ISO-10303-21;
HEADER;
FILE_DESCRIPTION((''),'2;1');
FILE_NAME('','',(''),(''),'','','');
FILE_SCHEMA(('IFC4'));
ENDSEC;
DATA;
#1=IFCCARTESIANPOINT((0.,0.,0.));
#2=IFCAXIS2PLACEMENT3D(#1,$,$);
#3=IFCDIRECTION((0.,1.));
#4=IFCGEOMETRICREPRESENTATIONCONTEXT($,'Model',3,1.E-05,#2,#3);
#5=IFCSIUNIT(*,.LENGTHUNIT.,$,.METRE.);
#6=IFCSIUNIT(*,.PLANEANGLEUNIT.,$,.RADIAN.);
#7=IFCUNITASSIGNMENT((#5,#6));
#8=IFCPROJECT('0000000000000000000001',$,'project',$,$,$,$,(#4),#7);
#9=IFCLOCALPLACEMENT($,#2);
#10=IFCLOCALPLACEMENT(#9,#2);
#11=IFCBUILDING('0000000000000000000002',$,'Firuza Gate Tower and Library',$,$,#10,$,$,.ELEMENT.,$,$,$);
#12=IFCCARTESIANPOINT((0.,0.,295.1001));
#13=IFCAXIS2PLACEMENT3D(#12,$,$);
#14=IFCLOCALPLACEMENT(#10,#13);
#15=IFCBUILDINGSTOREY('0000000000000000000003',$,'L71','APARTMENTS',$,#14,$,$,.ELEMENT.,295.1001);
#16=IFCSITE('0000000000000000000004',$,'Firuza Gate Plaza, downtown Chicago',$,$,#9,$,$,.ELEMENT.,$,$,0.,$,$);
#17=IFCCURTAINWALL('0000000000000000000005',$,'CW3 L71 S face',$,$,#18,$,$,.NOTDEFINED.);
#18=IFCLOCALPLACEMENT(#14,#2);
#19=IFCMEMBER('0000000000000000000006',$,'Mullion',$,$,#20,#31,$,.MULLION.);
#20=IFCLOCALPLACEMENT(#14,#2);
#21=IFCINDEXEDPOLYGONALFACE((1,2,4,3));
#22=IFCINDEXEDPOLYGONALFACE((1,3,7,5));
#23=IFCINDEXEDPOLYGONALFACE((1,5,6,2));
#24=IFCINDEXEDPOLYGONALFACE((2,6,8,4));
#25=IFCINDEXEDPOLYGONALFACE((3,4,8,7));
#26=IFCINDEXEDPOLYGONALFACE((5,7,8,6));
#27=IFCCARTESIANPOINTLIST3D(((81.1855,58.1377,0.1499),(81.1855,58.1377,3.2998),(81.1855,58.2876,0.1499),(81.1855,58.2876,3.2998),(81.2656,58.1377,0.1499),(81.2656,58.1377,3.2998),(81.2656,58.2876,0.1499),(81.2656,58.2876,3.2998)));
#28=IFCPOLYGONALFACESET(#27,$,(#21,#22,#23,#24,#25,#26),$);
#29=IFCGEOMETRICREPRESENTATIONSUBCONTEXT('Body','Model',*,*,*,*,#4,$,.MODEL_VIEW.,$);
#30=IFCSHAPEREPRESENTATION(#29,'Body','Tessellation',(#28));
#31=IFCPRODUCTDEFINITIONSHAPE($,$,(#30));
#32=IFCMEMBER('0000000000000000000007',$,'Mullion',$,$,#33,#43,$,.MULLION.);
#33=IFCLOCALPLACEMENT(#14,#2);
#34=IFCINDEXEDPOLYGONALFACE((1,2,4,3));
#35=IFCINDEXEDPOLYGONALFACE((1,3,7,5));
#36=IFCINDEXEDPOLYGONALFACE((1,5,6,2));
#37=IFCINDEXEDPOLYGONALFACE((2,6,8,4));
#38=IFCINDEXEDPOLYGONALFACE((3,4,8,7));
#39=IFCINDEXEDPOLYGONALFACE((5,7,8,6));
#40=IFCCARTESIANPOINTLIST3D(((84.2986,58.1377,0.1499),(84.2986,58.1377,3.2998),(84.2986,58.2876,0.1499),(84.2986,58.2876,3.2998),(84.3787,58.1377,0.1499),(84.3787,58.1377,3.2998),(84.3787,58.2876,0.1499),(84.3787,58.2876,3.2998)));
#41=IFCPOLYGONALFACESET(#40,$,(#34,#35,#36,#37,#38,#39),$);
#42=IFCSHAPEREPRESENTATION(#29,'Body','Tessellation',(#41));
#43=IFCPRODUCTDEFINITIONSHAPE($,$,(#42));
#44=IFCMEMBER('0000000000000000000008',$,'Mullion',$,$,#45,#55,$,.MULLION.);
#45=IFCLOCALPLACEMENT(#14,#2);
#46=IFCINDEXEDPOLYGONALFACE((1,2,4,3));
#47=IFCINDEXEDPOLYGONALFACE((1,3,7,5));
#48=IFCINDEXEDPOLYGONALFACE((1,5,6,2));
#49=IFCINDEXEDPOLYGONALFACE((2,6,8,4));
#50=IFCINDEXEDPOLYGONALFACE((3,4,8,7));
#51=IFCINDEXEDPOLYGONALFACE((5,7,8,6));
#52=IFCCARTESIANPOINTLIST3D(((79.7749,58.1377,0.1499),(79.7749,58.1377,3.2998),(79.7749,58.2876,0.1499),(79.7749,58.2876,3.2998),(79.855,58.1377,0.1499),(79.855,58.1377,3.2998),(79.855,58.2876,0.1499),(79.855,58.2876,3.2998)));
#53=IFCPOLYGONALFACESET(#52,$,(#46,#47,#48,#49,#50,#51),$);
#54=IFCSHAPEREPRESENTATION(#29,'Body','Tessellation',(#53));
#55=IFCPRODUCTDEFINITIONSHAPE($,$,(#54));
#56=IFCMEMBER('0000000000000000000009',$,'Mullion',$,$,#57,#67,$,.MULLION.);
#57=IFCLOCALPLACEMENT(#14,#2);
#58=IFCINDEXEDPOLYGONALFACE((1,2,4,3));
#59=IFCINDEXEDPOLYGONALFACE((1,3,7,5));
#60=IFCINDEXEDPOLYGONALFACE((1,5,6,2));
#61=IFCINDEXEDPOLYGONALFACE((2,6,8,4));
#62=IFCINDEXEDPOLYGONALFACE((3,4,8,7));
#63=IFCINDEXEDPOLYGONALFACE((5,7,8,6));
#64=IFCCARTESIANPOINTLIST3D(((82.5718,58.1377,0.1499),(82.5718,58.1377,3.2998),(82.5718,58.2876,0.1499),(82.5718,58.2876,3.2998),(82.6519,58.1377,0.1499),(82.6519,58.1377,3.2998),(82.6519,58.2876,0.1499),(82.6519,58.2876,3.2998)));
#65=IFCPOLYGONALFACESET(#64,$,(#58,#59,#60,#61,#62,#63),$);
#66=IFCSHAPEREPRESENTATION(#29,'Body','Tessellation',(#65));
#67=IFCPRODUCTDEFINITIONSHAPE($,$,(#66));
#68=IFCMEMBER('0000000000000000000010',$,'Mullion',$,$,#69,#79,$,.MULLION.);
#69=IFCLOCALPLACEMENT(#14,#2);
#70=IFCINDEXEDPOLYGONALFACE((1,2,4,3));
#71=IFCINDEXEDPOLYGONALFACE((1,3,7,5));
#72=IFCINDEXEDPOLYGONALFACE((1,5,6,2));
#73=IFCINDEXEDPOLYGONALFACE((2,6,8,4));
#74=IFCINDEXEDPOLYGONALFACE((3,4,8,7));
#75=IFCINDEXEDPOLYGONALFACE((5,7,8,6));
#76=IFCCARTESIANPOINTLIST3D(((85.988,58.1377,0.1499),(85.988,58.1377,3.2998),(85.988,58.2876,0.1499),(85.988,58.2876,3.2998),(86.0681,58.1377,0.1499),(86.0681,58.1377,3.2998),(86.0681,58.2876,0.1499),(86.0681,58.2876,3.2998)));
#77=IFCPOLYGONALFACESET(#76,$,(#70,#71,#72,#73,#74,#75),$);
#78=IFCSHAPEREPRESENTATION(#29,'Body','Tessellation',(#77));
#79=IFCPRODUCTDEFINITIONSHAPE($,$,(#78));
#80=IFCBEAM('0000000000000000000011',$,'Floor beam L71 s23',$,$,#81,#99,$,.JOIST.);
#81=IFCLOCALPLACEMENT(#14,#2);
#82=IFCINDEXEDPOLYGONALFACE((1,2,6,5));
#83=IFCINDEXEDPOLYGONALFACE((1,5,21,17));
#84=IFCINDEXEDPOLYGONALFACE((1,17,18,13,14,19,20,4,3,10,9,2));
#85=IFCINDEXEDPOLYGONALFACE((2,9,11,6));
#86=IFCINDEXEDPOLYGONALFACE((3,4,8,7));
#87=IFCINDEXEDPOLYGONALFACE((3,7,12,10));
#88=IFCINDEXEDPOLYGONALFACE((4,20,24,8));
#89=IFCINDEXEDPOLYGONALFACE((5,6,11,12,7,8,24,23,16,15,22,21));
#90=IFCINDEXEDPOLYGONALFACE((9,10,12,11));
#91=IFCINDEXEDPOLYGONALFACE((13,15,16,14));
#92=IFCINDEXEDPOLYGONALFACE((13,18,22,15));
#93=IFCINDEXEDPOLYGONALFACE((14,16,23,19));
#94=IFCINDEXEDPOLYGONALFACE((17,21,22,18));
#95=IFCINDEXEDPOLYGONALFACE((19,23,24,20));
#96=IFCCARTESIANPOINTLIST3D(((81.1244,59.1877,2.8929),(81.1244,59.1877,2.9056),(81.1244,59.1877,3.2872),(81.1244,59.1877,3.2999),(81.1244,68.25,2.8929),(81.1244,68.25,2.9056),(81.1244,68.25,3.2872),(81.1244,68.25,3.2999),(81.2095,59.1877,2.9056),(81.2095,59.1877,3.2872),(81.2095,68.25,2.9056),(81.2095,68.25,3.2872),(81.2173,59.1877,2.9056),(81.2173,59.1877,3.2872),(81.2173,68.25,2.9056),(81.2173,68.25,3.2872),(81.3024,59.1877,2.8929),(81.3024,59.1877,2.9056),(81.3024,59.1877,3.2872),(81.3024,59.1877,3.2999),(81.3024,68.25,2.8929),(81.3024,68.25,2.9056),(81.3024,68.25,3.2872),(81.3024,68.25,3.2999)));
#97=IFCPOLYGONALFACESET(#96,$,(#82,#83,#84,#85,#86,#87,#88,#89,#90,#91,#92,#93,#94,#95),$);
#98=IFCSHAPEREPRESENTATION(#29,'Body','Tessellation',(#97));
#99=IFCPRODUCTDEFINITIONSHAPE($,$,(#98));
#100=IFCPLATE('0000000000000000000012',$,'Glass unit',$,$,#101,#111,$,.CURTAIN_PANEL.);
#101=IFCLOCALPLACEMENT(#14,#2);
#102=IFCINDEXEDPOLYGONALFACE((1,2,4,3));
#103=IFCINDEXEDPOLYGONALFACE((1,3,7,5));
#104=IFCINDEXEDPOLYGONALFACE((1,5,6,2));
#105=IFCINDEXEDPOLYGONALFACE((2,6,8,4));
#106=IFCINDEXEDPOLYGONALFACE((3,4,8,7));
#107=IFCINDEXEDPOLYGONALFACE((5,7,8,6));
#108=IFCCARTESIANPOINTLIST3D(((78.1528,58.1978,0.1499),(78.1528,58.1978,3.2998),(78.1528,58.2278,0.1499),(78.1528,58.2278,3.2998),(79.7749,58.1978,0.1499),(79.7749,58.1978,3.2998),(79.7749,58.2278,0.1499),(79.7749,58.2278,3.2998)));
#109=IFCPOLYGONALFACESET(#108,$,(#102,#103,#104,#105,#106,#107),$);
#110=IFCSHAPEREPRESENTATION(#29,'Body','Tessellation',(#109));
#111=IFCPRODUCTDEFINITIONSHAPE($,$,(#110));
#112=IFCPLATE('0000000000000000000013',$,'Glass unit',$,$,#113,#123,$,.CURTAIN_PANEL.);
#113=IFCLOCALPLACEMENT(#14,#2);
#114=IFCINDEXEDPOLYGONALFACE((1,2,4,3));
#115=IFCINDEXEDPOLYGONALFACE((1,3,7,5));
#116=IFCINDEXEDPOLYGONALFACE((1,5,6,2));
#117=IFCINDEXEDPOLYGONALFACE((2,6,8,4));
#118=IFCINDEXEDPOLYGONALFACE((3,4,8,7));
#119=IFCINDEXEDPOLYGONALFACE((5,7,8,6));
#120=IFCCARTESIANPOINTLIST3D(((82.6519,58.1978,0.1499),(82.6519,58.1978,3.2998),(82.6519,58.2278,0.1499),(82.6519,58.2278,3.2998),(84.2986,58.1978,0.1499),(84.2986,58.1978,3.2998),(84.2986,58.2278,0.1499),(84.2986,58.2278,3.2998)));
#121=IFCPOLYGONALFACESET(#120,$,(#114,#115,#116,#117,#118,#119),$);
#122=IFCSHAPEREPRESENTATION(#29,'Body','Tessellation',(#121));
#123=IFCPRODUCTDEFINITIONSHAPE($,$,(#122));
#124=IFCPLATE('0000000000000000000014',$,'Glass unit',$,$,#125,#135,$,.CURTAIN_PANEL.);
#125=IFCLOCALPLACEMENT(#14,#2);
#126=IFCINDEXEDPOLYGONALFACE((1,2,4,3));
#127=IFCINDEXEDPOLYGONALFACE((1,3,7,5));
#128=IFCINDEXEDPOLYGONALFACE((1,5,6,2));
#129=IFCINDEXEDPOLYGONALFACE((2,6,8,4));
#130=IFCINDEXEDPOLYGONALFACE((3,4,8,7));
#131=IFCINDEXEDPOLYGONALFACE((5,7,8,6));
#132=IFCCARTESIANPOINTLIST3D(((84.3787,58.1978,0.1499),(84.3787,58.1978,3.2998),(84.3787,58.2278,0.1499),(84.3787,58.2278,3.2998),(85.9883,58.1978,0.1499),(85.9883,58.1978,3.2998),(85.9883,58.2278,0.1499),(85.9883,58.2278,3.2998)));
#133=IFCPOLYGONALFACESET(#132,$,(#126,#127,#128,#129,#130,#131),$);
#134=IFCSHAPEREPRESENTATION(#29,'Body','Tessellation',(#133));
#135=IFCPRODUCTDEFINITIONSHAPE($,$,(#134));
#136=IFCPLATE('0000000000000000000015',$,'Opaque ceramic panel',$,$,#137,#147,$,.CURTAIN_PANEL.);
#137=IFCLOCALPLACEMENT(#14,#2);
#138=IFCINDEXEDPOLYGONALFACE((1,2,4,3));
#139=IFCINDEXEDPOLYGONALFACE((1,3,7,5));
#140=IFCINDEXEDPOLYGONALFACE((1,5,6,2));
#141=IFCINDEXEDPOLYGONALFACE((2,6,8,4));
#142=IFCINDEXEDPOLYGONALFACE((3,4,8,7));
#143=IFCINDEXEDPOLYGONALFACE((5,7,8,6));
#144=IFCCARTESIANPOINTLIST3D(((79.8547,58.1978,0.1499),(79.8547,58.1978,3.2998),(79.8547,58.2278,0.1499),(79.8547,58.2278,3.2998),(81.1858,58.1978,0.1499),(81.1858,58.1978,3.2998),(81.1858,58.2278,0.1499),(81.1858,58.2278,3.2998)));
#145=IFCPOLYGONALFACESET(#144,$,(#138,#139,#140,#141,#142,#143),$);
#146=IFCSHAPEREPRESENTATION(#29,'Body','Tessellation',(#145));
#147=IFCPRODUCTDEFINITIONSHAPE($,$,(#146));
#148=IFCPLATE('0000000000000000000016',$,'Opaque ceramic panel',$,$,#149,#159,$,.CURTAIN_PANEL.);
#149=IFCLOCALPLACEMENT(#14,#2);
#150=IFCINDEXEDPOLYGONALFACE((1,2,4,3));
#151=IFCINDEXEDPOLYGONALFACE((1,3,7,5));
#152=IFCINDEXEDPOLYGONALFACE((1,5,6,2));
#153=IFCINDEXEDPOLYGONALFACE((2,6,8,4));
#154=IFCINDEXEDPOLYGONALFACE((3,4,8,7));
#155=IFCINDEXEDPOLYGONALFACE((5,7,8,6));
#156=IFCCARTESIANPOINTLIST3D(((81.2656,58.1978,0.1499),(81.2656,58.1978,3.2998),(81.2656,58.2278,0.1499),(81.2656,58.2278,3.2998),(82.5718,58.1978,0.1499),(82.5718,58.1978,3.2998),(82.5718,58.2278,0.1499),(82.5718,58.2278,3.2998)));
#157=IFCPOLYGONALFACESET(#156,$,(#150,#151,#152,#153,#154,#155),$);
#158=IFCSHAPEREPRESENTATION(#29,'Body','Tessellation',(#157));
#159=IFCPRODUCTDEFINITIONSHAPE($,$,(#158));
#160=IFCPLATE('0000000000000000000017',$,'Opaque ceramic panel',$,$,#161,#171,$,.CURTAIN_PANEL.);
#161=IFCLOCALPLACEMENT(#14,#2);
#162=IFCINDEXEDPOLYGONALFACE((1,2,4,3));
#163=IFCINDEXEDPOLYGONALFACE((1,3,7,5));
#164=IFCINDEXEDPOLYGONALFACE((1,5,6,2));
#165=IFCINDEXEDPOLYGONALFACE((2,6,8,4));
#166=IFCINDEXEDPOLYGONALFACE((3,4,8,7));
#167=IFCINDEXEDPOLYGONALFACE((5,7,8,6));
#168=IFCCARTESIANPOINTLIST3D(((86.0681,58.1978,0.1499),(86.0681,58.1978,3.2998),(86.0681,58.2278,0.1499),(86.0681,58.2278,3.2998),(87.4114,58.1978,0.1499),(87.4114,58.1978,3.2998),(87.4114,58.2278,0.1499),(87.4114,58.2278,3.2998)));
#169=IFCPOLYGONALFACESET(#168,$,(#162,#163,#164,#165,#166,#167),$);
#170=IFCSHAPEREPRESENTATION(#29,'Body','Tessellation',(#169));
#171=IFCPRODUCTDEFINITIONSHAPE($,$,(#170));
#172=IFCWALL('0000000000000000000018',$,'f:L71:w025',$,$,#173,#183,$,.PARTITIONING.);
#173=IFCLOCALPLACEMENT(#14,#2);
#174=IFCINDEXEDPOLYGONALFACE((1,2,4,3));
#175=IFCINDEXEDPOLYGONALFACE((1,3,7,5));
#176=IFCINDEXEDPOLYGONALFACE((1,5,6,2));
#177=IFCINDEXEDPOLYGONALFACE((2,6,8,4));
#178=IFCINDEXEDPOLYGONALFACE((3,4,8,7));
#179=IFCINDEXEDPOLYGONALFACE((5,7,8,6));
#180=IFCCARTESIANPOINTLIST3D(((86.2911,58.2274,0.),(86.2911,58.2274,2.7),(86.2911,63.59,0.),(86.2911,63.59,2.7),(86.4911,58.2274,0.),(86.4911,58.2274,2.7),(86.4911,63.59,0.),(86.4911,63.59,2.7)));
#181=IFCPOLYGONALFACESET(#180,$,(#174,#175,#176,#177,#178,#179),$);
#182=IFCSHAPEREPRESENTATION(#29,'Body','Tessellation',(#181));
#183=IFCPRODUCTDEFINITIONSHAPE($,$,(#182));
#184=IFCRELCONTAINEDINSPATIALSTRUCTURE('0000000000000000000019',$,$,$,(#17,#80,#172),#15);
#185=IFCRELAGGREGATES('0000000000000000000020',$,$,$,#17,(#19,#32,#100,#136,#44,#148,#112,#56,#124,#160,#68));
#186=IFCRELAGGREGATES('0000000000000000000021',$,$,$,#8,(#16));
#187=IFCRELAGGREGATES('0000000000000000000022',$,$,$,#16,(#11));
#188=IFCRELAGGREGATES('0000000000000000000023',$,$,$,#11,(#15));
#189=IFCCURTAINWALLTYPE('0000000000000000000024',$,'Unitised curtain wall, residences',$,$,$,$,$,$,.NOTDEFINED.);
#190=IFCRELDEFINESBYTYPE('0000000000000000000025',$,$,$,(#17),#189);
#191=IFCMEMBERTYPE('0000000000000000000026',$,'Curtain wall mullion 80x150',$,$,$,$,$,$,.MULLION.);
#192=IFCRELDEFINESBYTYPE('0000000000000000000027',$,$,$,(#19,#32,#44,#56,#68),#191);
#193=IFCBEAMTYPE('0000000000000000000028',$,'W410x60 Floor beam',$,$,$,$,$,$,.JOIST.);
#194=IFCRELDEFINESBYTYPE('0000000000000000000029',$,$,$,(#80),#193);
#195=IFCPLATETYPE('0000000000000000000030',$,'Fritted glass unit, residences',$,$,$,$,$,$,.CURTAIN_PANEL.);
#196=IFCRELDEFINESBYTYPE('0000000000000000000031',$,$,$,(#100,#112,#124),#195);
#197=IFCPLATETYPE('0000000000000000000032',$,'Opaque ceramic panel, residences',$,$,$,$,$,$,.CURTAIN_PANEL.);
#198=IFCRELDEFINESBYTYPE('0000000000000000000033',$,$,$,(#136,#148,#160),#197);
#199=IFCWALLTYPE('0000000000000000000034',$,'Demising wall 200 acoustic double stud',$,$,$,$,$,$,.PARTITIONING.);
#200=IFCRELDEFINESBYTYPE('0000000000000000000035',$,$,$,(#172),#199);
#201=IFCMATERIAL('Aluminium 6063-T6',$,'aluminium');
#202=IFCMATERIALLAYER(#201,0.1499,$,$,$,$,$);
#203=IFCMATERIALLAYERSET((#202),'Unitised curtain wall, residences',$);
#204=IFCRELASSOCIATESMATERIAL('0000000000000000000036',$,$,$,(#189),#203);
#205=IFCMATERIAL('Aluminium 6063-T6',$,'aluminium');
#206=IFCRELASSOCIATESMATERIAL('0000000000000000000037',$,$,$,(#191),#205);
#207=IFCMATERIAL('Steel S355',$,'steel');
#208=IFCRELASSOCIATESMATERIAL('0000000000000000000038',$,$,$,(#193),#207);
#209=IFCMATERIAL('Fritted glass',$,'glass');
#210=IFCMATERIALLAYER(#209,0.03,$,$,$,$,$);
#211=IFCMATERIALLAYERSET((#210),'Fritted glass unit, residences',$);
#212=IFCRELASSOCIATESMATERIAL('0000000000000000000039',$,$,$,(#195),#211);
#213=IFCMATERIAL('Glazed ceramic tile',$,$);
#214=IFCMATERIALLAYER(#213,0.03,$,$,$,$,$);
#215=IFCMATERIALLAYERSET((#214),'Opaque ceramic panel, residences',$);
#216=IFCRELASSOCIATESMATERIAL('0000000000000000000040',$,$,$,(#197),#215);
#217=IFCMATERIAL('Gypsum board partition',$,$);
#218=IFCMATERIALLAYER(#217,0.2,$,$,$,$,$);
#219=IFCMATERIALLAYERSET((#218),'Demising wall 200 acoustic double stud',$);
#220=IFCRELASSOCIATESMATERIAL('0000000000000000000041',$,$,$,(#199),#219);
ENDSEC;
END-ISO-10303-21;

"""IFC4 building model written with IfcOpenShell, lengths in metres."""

from ifc_helpers import new_model, si_unit, direction, frame, frame_2d, origin, origin_2d, place, context, subcontext, project, spatial, polyline, rectangle, i_section, outline, extrude, material, layer, layer_set, material_profile, profile_set, type_object, element, aggregate, save


model = new_model("IFC4")

# Units and contexts
model_context = context("Model", 3, precision=1e-05, world=origin(), true_north=direction((0.0, 1.0)))
body_context = subcontext(model_context, "Body", "Model", "MODEL_VIEW")
ifc_project = project(units=[si_unit("LENGTHUNIT", "METRE"), si_unit("PLANEANGLEUNIT", "RADIAN")], contexts=[model_context])

# Site, building, storey
site_placement = place(None, origin())
site = spatial("IfcSite", under=ifc_project, at=site_placement, Name="Firuza Gate Plaza, downtown Chicago", CompositionType="ELEMENT", RefElevation=0.0)
building_placement = place(site_placement, origin())
building = spatial("IfcBuilding", under=site, at=building_placement, Name="Firuza Gate Tower and Library", CompositionType="ELEMENT")
storey_placement = place(building_placement, frame((0.0, 0.0, 295.1001)))
storey = spatial("IfcBuildingStorey", under=building, at=storey_placement, Name="L71", Description="APARTMENTS", CompositionType="ELEMENT", Elevation=295.1001)

# Curtain wall, members
ifc_material_1 = material(Name="Aluminium 6063-T6", Category="aluminium")
ifc_layer_1 = layer(ifc_material_1, 0.1499)
ifc_layer_set_1 = layer_set([ifc_layer_1], Name="Unitised curtain wall, residences")
curtain_wall_type = type_object("IfcCurtainWallType", Name="Unitised curtain wall, residences", PredefinedType="NOTDEFINED", material=ifc_layer_set_1)
curtain_wall_placement = place(storey_placement, origin())
curtain_wall = element("IfcCurtainWall", 1, at=curtain_wall_placement, inside=storey, type_object=curtain_wall_type, Name="CW3 L71 S face", PredefinedType="NOTDEFINED")
ifc_material_2 = material(Name="Aluminium 6063-T6", Category="aluminium")
ifc_material_profile_1 = material_profile(ifc_material_2, rectangle(XDim=0.1499, YDim=0.0801, at=origin_2d()))
ifc_profile_set_1 = profile_set([ifc_material_profile_1], Name="Aluminium 6063-T6")
member_type = type_object("IfcMemberType", Name="Curtain wall mullion 80x150", PredefinedType="MULLION", material=ifc_profile_set_1)
member_1_placement = place(storey_placement, frame((81.2256, 58.2126, 0.1499), z_axis=(0.0, 0.0, 1.0), x_axis=(0.0, 1.0, 0.0)))
member_1 = element("IfcMember", 2, at=member_1_placement, type_object=member_type, Name="Mullion", PredefinedType="MULLION", context=body_context, shape_type="SweptSolid", body=[
    extrude(rectangle(XDim=0.1499, YDim=0.0801, at=origin_2d()), origin(), (0.0, 0.0, 1.0), 3.1499),
])
member_2_placement = place(storey_placement, frame((84.3386, 58.2126, 0.1499), z_axis=(0.0, 0.0, 1.0), x_axis=(0.0, 1.0, 0.0)))
member_2 = element("IfcMember", 3, at=member_2_placement, type_object=member_type, Name="Mullion", PredefinedType="MULLION", context=body_context, shape_type="SweptSolid", body=[
    extrude(rectangle(XDim=0.1499, YDim=0.0801, at=origin_2d()), origin(), (0.0, 0.0, 1.0), 3.1499),
])
member_3_placement = place(storey_placement, frame((79.8149, 58.2126, 0.1499), z_axis=(0.0, 0.0, 1.0), x_axis=(0.0, 1.0, 0.0)))
member_3 = element("IfcMember", 4, at=member_3_placement, type_object=member_type, Name="Mullion", PredefinedType="MULLION", context=body_context, shape_type="SweptSolid", body=[
    extrude(rectangle(XDim=0.1499, YDim=0.0801, at=origin_2d()), origin(), (0.0, 0.0, 1.0), 3.1499),
])
member_4_placement = place(storey_placement, frame((82.6118, 58.2126, 0.1499), z_axis=(0.0, 0.0, 1.0), x_axis=(0.0, 1.0, 0.0)))
member_4 = element("IfcMember", 5, at=member_4_placement, type_object=member_type, Name="Mullion", PredefinedType="MULLION", context=body_context, shape_type="SweptSolid", body=[
    extrude(rectangle(XDim=0.1499, YDim=0.0801, at=origin_2d()), origin(), (0.0, 0.0, 1.0), 3.1499),
])
member_5_placement = place(storey_placement, frame((86.0281, 58.2126, 0.1499), z_axis=(0.0, 0.0, 1.0), x_axis=(0.0, 1.0, 0.0)))
member_5 = element("IfcMember", 6, at=member_5_placement, type_object=member_type, Name="Mullion", PredefinedType="MULLION", context=body_context, shape_type="SweptSolid", body=[
    extrude(rectangle(XDim=0.1499, YDim=0.0801, at=origin_2d()), origin(), (0.0, 0.0, 1.0), 3.1499),
])

# Beam
ifc_material_3 = material(Name="Steel S355", Category="steel")
ifc_material_profile_2 = material_profile(ifc_material_3, i_section(OverallWidth=0.178, OverallDepth=0.407, WebThickness=0.0078, FlangeThickness=0.0127, at=origin_2d()))
ifc_profile_set_2 = profile_set([ifc_material_profile_2], Name="Steel S355")
beam_type = type_object("IfcBeamType", Name="W410x60 Floor beam", PredefinedType="JOIST", material=ifc_profile_set_2)
beam_placement = place(storey_placement, frame((81.2134, 59.1877, 3.0964), z_axis=(0.0, 1.0, 0.0), x_axis=(-1.0, 0.0, 0.0)))
element("IfcBeam", 7, at=beam_placement, inside=storey, type_object=beam_type, Name="Floor beam L71 s23", PredefinedType="JOIST", context=body_context, shape_type="SweptSolid", body=[
    extrude(i_section(OverallWidth=0.178, OverallDepth=0.407, WebThickness=0.0078, FlangeThickness=0.0127, at=origin_2d()), origin(), (0.0, 0.0, 1.0), 9.0623),
])

# Plates
ifc_material_4 = material(Name="Fritted glass", Category="glass")
ifc_layer_2 = layer(ifc_material_4, 0.03)
ifc_layer_set_2 = layer_set([ifc_layer_2], Name="Fritted glass unit, residences")
plate_type_1 = type_object("IfcPlateType", Name="Fritted glass unit, residences", PredefinedType="CURTAIN_PANEL", material=ifc_layer_set_2)
plate_1_placement = place(storey_placement, frame((78.1528, 58.1978, 0.1499), z_axis=(0.0, -1.0, 0.0), x_axis=(1.0, 0.0, 0.0)))
plate_1 = element("IfcPlate", 8, at=plate_1_placement, type_object=plate_type_1, Name="Glass unit", PredefinedType="CURTAIN_PANEL", context=body_context, shape_type="SweptSolid", body=[
    extrude(outline(polyline([(0.0, 0.0), (1.6221, 0.0), (1.6221, 3.1499), (0.0, 3.1499), (0.0, 0.0)])), origin(), (0.0, 0.0, -1.0), 0.03),
])
plate_2_placement = place(storey_placement, frame((82.6519, 58.1978, 0.1499), z_axis=(0.0, -1.0, 0.0), x_axis=(1.0, 0.0, 0.0)))
plate_2 = element("IfcPlate", 9, at=plate_2_placement, type_object=plate_type_1, Name="Glass unit", PredefinedType="CURTAIN_PANEL", context=body_context, shape_type="SweptSolid", body=[
    extrude(outline(polyline([(0.0, 0.0), (1.6467, 0.0), (1.6467, 3.1499), (0.0, 3.1499), (0.0, 0.0)])), origin(), (0.0, 0.0, -1.0), 0.03),
])
plate_3_placement = place(storey_placement, frame((84.3787, 58.1978, 0.1499), z_axis=(0.0, -1.0, 0.0), x_axis=(1.0, 0.0, 0.0)))
plate_3 = element("IfcPlate", 10, at=plate_3_placement, type_object=plate_type_1, Name="Glass unit", PredefinedType="CURTAIN_PANEL", context=body_context, shape_type="SweptSolid", body=[
    extrude(outline(polyline([(0.0, 0.0), (1.6096, 0.0), (1.6096, 3.1499), (0.0, 3.1499), (0.0, 0.0)])), origin(), (0.0, 0.0, -1.0), 0.03),
])
ifc_material_5 = material(Name="Glazed ceramic tile")
ifc_layer_3 = layer(ifc_material_5, 0.03)
ifc_layer_set_3 = layer_set([ifc_layer_3], Name="Opaque ceramic panel, residences")
plate_type_2 = type_object("IfcPlateType", Name="Opaque ceramic panel, residences", PredefinedType="CURTAIN_PANEL", material=ifc_layer_set_3)
plate_4_placement = place(storey_placement, frame((79.8547, 58.1978, 0.1499), z_axis=(0.0, -1.0, 0.0), x_axis=(1.0, 0.0, 0.0)))
plate_4 = element("IfcPlate", 11, at=plate_4_placement, type_object=plate_type_2, Name="Opaque ceramic panel", PredefinedType="CURTAIN_PANEL", context=body_context, shape_type="SweptSolid", body=[
    extrude(outline(polyline([(0.0, 0.0), (1.3311, 0.0), (1.3311, 3.1499), (0.0, 3.1499), (0.0, 0.0)])), origin(), (0.0, 0.0, -1.0), 0.03),
])
plate_5_placement = place(storey_placement, frame((81.2656, 58.1978, 0.1499), z_axis=(0.0, -1.0, 0.0), x_axis=(1.0, 0.0, 0.0)))
plate_5 = element("IfcPlate", 12, at=plate_5_placement, type_object=plate_type_2, Name="Opaque ceramic panel", PredefinedType="CURTAIN_PANEL", context=body_context, shape_type="SweptSolid", body=[
    extrude(outline(polyline([(0.0, 0.0), (1.3062, 0.0), (1.3062, 3.1499), (0.0, 3.1499), (0.0, 0.0)])), origin(), (0.0, 0.0, -1.0), 0.03),
])
plate_6_placement = place(storey_placement, frame((86.0681, 58.1978, 0.1499), z_axis=(0.0, -1.0, 0.0), x_axis=(1.0, 0.0, 0.0)))
plate_6 = element("IfcPlate", 13, at=plate_6_placement, type_object=plate_type_2, Name="Opaque ceramic panel", PredefinedType="CURTAIN_PANEL", context=body_context, shape_type="SweptSolid", body=[
    extrude(outline(polyline([(0.0, 0.0), (1.3433, 0.0), (1.3433, 3.1499), (0.0, 3.1499), (0.0, 0.0)])), origin(), (0.0, 0.0, -1.0), 0.03),
])
aggregate(curtain_wall, [member_1, member_2, plate_1, plate_4, member_3, plate_5, plate_2, member_4, plate_3, plate_6, member_5])

# Wall
ifc_material_6 = material(Name="Gypsum board partition")
ifc_layer_4 = layer(ifc_material_6, 0.2)
ifc_layer_set_4 = layer_set([ifc_layer_4], Name="Demising wall 200 acoustic double stud")
wall_type = type_object("IfcWallType", Name="Demising wall 200 acoustic double stud", PredefinedType="PARTITIONING", material=ifc_layer_set_4)
wall_1_placement = place(storey_placement, frame((86.3911, 58.2275, 0.0), z_axis=(0.0, 0.0, 1.0), x_axis=(0.0, 1.0, 0.0)))
element("IfcWall", 14, at=wall_1_placement, inside=storey, type_object=wall_type, Name="f:L71:w025", PredefinedType="PARTITIONING", context=body_context, shape_type="SweptSolid", body=[
    extrude(rectangle(XDim=5.3625, YDim=0.2, at=frame_2d((2.6812, 0.0))), origin(), (0.0, 0.0, 1.0), 2.7),
])

save(model, "model.ifc")
